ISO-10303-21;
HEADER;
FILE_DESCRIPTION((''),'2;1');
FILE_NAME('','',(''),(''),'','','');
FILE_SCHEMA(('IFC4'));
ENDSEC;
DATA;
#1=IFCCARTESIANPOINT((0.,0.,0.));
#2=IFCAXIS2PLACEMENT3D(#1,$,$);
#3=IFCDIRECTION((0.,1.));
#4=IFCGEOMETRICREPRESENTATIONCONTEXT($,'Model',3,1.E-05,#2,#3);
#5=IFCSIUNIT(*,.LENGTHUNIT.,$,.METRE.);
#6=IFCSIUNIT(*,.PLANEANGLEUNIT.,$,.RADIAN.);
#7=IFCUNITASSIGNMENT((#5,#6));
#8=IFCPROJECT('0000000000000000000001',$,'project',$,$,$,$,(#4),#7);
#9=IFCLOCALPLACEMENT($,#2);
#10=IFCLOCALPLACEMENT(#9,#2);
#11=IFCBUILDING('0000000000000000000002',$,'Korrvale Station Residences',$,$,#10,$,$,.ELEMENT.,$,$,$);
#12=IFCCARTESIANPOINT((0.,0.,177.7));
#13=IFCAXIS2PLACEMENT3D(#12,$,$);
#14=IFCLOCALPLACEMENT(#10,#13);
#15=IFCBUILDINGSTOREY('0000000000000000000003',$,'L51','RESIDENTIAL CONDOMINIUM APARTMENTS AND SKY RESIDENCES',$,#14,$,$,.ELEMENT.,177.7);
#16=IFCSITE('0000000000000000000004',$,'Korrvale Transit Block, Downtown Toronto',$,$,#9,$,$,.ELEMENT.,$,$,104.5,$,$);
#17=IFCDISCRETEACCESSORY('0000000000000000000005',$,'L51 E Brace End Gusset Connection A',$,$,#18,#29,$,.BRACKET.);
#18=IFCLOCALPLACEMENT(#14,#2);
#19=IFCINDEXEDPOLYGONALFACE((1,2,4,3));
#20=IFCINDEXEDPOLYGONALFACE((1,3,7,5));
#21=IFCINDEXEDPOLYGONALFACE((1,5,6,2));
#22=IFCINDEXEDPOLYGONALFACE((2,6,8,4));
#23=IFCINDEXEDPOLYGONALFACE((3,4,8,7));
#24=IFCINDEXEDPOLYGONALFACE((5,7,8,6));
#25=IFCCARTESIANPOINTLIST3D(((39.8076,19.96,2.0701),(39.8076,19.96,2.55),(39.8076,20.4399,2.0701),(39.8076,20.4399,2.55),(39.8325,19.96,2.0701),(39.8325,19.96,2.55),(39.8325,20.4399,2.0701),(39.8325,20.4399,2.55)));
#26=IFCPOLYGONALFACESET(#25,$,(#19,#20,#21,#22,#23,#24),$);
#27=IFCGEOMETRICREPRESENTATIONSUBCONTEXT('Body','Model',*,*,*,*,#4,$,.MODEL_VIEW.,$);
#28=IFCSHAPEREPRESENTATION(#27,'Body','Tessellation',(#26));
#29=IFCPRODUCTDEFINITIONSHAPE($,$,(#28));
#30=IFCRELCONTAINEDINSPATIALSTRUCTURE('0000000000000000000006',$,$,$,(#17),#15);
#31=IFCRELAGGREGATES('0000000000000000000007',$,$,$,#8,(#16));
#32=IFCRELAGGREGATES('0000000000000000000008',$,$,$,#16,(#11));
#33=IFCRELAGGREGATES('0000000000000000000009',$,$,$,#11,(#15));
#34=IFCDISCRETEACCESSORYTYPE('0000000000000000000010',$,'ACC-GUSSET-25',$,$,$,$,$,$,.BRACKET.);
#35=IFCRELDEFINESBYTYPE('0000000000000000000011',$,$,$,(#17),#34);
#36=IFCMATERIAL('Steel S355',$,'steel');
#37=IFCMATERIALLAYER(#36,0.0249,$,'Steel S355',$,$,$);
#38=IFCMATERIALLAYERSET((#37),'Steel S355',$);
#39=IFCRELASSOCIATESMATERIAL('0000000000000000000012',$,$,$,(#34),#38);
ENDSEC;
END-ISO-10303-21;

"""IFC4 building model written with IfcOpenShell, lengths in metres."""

from ifc_helpers import new_model, si_unit, direction, frame, origin, origin_2d, place, context, subcontext, project, spatial, rectangle, extrude, material, layer, layer_set, type_object, element, save


model = new_model("IFC4")

# Units and contexts
model_context = context("Model", 3, precision=1e-05, world=origin(), true_north=direction((0.0, 1.0)))
body_context = subcontext(model_context, "Body", "Model", "MODEL_VIEW")
ifc_project = project(units=[si_unit("LENGTHUNIT", "METRE"), si_unit("PLANEANGLEUNIT", "RADIAN")], contexts=[model_context])

# Site, building, storey
site_placement = place(None, origin())
site = spatial("IfcSite", under=ifc_project, at=site_placement, Name="Korrvale Transit Block, Downtown Toronto", CompositionType="ELEMENT", RefElevation=104.5)
building_placement = place(site_placement, origin())
building = spatial("IfcBuilding", under=site, at=building_placement, Name="Korrvale Station Residences", CompositionType="ELEMENT")
storey_placement = place(building_placement, frame((0.0, 0.0, 177.7)))
storey = spatial("IfcBuildingStorey", under=building, at=storey_placement, Name="L51", Description="RESIDENTIAL CONDOMINIUM APARTMENTS AND SKY RESIDENCES", CompositionType="ELEMENT", Elevation=177.7)

# Shared definitions
ifc_material_1 = material(Name="Steel S355", Category="steel")

# Discrete accessory
ifc_layer_1 = layer(ifc_material_1, 0.0249, Name="Steel S355")
ifc_layer_set_1 = layer_set([ifc_layer_1], Name="Steel S355")
discrete_accessory_type = type_object("IfcDiscreteAccessoryType", Name="ACC-GUSSET-25", PredefinedType="BRACKET", material=ifc_layer_set_1)
discrete_accessory_placement = place(storey_placement, frame((39.8201, 20.2, 2.0701), z_axis=(0.0, 0.0, 1.0), x_axis=(0.0, 1.0, 0.0)))
element("IfcDiscreteAccessory", 1, at=discrete_accessory_placement, inside=storey, type_object=discrete_accessory_type, Name="L51 E Brace End Gusset Connection A", PredefinedType="BRACKET", context=body_context, shape_type="SweptSolid", body=[
    extrude(rectangle(XDim=0.48, YDim=0.0249, at=origin_2d()), origin(), (0.0, 0.0, 1.0), 0.48),
])

save(model, "model.ifc")
